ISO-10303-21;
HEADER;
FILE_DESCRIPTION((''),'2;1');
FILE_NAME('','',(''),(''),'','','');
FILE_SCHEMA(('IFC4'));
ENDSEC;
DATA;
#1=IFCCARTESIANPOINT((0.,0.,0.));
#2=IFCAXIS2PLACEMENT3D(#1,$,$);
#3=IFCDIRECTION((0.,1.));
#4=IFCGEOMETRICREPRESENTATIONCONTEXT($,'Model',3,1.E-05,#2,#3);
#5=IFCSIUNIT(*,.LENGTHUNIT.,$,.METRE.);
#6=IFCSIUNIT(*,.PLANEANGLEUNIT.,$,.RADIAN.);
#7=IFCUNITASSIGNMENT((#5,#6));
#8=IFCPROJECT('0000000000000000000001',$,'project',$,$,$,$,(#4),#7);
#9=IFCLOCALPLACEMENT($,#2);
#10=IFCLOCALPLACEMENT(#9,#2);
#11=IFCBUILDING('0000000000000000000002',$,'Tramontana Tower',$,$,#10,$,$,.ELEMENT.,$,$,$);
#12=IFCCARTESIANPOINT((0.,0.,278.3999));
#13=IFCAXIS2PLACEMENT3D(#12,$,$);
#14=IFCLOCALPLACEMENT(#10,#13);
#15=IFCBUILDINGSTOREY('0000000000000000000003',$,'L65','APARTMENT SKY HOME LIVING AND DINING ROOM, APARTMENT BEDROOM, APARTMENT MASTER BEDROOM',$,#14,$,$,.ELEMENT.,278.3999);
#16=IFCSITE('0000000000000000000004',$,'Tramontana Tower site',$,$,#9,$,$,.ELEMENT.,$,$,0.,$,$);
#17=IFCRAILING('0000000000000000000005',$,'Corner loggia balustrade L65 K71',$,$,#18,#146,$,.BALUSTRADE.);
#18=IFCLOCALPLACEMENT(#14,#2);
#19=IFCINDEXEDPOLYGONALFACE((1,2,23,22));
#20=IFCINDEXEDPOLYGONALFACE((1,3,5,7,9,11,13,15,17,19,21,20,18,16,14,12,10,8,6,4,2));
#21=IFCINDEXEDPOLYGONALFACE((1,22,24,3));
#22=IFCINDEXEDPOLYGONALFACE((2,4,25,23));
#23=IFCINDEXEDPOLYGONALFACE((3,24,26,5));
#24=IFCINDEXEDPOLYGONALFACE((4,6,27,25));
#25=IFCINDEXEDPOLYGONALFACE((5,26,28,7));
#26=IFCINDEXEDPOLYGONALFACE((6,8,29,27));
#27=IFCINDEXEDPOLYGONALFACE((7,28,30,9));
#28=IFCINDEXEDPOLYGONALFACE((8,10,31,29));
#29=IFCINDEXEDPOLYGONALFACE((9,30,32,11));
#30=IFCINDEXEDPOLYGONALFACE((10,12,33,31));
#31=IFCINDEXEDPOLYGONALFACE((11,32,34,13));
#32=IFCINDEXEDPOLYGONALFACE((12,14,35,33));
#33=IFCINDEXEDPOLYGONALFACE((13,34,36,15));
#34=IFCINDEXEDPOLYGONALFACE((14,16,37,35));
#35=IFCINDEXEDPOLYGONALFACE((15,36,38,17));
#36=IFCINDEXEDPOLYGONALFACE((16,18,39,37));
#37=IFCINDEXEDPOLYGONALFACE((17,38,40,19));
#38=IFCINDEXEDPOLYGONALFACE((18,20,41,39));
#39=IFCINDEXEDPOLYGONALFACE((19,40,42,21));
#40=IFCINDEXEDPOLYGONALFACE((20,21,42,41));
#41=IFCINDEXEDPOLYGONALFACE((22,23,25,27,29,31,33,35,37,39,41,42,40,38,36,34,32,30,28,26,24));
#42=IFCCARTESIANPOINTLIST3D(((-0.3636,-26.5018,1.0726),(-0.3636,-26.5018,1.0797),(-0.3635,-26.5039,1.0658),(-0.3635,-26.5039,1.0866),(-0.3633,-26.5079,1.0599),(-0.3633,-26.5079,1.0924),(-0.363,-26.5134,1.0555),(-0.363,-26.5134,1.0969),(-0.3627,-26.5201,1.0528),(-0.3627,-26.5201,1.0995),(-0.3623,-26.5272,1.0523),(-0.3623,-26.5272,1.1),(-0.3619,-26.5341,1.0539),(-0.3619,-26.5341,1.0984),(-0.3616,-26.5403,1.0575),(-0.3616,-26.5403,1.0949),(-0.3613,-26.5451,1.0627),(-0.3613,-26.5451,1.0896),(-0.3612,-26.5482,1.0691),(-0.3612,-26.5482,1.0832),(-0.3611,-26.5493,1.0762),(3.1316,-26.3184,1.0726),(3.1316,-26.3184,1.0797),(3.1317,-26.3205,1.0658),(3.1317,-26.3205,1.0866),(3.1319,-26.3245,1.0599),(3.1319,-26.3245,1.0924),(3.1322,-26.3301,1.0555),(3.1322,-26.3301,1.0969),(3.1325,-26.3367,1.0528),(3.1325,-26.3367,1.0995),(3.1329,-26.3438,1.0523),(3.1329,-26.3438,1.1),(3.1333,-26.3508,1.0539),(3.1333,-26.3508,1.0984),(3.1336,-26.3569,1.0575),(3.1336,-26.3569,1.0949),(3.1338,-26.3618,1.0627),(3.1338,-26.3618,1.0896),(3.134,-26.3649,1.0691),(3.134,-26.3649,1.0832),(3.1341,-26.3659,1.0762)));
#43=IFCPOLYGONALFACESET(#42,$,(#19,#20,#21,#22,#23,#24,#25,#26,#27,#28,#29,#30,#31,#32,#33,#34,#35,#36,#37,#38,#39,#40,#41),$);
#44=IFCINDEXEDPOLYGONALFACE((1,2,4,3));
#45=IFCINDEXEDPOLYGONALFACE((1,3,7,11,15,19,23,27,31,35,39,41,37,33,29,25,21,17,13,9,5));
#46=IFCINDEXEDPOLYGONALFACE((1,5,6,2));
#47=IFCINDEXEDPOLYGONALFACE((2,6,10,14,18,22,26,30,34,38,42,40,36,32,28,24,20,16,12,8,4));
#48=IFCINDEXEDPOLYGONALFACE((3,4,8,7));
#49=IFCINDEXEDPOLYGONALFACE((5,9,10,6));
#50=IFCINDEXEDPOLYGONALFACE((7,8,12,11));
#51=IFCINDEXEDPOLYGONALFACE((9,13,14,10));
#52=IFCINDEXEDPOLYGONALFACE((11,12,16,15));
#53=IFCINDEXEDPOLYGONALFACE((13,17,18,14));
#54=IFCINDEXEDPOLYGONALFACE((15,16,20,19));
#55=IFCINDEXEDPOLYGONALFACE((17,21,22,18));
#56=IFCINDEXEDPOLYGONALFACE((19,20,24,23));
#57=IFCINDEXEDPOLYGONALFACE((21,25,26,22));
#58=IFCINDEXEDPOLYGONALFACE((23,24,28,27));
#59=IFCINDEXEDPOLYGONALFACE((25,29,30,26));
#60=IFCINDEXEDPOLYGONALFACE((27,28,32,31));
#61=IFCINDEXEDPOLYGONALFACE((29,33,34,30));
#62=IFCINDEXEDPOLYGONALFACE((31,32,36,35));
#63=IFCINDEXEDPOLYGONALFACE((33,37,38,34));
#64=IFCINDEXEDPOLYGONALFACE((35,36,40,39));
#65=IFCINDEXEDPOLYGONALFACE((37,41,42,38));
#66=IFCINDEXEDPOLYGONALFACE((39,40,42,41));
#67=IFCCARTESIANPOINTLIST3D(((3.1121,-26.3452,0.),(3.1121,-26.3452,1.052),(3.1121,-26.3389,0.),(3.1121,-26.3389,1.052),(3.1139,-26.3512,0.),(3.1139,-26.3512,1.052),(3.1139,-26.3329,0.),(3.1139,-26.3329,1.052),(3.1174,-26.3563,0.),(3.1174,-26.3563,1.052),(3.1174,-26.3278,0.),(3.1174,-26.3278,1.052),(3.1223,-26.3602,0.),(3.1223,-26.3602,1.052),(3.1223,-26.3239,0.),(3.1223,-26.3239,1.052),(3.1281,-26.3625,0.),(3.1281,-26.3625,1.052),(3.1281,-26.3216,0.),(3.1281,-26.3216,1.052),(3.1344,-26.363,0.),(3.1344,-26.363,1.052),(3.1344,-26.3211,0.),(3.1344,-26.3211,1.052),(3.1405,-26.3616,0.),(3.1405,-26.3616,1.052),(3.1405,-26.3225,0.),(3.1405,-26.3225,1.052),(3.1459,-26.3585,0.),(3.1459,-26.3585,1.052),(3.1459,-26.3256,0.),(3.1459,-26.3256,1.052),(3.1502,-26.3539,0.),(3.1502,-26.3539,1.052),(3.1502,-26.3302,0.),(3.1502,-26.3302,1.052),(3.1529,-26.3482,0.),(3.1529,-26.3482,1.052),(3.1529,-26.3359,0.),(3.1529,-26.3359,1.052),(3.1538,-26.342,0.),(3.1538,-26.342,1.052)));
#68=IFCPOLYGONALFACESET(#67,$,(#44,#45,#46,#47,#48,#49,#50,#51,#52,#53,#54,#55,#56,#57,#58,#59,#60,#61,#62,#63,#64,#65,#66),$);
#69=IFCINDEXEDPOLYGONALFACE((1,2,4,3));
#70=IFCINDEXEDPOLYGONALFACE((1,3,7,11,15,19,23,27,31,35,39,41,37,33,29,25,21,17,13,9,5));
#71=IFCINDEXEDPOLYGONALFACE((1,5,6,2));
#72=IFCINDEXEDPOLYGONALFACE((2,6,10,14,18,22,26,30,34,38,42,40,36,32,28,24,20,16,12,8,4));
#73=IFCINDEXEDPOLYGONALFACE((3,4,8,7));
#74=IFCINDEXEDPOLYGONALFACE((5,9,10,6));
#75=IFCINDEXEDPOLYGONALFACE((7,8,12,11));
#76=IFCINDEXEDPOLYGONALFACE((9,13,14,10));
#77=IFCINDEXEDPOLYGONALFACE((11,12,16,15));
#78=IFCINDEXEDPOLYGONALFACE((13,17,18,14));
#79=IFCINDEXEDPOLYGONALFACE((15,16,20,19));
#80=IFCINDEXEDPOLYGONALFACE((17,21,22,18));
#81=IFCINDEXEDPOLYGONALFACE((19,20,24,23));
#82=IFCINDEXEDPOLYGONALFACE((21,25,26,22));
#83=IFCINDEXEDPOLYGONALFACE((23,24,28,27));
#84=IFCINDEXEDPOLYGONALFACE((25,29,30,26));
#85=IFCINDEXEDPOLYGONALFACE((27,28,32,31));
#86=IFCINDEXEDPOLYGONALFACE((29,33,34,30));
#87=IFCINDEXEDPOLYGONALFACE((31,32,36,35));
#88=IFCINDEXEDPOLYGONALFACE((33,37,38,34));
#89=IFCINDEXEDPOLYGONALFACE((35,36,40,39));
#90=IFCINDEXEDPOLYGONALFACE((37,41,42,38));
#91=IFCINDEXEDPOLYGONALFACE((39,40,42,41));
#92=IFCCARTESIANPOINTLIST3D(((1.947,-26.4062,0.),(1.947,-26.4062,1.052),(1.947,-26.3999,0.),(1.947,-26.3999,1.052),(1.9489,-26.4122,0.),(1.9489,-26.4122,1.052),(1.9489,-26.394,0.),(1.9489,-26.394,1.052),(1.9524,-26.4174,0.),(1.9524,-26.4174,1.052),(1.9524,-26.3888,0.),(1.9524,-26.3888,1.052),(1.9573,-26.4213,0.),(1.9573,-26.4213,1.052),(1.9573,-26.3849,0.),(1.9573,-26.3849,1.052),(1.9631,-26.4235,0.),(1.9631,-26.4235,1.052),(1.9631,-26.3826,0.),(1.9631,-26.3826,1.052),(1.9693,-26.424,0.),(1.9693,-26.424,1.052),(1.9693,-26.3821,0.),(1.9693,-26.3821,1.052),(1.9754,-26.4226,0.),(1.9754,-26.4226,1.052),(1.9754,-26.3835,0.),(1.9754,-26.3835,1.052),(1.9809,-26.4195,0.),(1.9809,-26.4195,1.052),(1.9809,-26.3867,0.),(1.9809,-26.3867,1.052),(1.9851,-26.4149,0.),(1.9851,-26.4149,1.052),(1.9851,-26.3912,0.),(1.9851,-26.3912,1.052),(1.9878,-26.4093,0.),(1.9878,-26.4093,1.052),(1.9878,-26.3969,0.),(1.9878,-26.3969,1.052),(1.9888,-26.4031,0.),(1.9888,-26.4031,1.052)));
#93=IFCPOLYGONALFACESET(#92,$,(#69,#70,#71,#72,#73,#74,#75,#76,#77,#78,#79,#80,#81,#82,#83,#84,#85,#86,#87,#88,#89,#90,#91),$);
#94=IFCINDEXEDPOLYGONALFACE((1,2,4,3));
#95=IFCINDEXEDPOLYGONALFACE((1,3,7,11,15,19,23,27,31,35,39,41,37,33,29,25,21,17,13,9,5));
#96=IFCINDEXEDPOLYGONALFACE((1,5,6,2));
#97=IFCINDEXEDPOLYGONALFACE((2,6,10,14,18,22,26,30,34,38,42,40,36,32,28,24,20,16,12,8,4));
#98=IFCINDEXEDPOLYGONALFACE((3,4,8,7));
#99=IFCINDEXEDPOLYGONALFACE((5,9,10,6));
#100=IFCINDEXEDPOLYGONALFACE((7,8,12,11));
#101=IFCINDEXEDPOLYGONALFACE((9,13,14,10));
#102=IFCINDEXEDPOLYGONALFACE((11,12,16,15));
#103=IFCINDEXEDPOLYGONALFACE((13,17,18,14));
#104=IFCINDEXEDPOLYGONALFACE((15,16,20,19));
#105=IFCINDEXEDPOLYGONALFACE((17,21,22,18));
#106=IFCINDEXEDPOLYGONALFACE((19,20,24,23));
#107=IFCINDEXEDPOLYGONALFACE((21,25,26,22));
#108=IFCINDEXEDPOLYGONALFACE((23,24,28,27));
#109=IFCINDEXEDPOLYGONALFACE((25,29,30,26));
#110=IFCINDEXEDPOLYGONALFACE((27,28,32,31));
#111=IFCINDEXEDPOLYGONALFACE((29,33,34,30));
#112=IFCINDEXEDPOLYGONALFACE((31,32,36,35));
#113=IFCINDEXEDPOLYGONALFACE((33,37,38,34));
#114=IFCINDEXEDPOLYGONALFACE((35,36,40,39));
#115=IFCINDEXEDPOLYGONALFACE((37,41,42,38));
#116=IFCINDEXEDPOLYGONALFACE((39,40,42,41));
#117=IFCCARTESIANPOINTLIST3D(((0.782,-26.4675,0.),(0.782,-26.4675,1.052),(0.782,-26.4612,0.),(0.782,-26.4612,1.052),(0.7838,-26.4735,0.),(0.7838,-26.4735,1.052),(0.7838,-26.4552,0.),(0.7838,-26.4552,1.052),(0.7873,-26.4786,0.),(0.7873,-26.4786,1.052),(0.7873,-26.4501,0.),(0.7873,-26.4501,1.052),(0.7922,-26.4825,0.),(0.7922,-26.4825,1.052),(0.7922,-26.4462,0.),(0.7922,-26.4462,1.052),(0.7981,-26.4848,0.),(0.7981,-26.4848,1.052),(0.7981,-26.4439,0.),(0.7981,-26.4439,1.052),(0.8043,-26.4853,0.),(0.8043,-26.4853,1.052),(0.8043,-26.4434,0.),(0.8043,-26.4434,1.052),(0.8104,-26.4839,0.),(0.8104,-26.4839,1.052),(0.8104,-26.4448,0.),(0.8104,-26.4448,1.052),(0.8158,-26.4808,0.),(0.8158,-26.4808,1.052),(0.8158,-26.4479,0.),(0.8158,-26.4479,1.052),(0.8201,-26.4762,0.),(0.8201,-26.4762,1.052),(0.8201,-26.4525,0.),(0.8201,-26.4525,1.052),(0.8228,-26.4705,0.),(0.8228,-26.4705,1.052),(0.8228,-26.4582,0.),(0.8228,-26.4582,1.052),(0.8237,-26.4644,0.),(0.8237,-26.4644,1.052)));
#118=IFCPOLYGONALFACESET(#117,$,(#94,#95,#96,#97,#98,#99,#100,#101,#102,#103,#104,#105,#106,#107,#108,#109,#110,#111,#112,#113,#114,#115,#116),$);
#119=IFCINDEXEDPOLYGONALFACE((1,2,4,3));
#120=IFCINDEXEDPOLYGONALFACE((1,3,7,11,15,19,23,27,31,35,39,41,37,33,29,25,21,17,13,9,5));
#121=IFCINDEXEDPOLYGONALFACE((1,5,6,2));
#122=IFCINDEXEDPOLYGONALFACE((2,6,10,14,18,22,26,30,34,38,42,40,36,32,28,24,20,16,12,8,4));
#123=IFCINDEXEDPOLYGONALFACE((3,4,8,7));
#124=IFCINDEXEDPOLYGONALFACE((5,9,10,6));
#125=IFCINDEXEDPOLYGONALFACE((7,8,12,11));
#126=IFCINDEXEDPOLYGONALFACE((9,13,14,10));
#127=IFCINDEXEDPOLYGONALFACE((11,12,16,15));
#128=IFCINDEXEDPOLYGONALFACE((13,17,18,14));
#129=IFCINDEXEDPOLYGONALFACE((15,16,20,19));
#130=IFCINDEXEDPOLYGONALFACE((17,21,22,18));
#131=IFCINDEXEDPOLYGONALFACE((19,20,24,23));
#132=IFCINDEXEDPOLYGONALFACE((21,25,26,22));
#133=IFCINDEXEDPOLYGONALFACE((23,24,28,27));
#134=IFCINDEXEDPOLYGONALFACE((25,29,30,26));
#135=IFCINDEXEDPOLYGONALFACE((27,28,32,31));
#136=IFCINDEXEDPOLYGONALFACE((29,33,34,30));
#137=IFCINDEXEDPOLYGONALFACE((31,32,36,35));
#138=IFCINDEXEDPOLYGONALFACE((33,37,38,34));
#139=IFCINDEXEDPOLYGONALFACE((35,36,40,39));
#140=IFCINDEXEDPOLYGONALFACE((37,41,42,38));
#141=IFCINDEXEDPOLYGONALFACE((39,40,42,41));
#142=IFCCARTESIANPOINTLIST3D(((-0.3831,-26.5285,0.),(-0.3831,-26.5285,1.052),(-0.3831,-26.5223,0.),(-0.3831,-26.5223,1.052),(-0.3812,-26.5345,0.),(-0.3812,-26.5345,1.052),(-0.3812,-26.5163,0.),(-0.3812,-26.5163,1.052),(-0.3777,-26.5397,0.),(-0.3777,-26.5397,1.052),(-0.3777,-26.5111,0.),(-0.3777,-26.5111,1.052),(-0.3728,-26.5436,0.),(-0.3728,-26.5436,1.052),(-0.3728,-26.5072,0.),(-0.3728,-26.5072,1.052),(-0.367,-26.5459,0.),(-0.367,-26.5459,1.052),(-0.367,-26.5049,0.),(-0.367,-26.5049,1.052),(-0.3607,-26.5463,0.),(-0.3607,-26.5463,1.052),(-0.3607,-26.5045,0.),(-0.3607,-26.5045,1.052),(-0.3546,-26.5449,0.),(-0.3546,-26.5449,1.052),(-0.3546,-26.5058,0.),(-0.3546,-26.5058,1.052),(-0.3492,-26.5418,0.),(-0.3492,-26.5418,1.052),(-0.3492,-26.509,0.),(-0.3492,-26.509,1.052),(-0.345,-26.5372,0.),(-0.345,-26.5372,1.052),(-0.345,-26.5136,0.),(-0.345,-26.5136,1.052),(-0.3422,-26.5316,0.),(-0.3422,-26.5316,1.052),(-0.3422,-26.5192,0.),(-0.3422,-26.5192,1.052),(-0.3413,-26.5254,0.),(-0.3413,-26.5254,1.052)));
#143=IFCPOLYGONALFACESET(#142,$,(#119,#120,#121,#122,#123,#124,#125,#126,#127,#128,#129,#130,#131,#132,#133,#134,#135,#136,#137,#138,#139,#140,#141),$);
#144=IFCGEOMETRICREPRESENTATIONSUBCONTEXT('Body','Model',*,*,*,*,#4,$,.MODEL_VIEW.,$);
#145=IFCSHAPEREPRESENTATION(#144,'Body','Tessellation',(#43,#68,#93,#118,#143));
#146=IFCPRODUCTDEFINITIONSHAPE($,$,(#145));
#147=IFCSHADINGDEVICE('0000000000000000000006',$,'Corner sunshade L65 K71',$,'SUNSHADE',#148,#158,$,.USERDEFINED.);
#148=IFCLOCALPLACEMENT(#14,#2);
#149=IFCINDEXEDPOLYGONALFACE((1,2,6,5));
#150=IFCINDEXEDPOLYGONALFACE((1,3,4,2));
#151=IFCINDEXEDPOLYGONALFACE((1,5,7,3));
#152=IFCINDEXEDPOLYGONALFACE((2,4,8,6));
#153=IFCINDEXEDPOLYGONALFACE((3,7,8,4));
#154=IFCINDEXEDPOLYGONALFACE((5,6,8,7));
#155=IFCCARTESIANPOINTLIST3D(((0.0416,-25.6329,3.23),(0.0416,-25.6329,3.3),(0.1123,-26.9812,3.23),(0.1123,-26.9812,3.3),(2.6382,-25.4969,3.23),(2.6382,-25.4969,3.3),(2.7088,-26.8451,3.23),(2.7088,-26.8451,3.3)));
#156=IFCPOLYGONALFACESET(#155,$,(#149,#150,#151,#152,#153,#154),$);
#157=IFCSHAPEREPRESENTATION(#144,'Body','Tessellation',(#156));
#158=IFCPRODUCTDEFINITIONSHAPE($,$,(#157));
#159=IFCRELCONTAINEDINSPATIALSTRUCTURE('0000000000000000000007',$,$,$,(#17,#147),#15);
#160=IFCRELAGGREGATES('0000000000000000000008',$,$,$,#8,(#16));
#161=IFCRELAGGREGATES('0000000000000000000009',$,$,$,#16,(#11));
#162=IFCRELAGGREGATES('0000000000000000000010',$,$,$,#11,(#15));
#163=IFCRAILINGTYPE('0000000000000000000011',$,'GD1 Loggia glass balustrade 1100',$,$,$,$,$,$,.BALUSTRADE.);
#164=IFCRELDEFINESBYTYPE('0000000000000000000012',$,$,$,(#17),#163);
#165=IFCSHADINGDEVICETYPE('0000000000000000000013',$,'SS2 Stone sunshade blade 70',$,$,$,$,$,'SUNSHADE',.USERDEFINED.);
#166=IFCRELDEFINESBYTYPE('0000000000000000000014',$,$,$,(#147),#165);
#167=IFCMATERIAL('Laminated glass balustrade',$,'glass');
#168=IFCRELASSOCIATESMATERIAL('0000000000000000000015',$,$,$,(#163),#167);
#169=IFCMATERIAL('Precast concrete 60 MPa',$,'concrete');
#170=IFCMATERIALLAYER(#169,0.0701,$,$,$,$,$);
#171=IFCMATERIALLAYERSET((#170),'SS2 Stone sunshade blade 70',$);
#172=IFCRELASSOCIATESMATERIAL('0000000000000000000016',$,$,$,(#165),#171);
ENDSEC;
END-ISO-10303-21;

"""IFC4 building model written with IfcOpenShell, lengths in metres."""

from ifc_helpers import new_model, si_unit, direction, frame, origin, origin_2d, place, context, subcontext, project, spatial, rectangle, circle, extrude, material, layer, layer_set, type_object, element, save


model = new_model("IFC4")

# Units and contexts
model_context = context("Model", 3, precision=1e-05, world=origin(), true_north=direction((0.0, 1.0)))
body_context = subcontext(model_context, "Body", "Model", "MODEL_VIEW")
ifc_project = project(units=[si_unit("LENGTHUNIT", "METRE"), si_unit("PLANEANGLEUNIT", "RADIAN")], contexts=[model_context])

# Site, building, storey
site_placement = place(None, origin())
site = spatial("IfcSite", under=ifc_project, at=site_placement, Name="Tramontana Tower site", CompositionType="ELEMENT", RefElevation=0.0)
building_placement = place(site_placement, origin())
building = spatial("IfcBuilding", under=site, at=building_placement, Name="Tramontana Tower", CompositionType="ELEMENT")
storey_placement = place(building_placement, frame((0.0, 0.0, 278.3999)))
storey = spatial("IfcBuildingStorey", under=building, at=storey_placement, Name="L65", Description="APARTMENT SKY HOME LIVING AND DINING ROOM, APARTMENT BEDROOM, APARTMENT MASTER BEDROOM", CompositionType="ELEMENT", Elevation=278.3999)

# Railing
ifc_material_1 = material(Name="Laminated glass balustrade", Category="glass")
railing_type = type_object("IfcRailingType", Name="GD1 Loggia glass balustrade 1100", PredefinedType="BALUSTRADE", material=ifc_material_1)
railing_1_placement = place(storey_placement, frame((3.1328, -26.342, 0.0)))
element("IfcRailing", 1, at=railing_1_placement, inside=storey, type_object=railing_type, Name="Corner loggia balustrade L65 K71", PredefinedType="BALUSTRADE", context=body_context, shape_type="SweptSolid", body=[
    extrude(circle(Radius=0.0239, at=origin_2d()), frame((0.0, 0.0, 1.0762), z_axis=(-0.998627, -0.052387, 0.0), x_axis=(0.052387, -0.998627, 0.0)), (0.0, 0.0, 1.0), 3.5),
    extrude(circle(Radius=0.021, at=origin_2d()), origin(), (0.0, 0.0, 1.0), 1.052),
    extrude(circle(Radius=0.021, at=origin_2d()), frame((-1.165, -0.061, 0.0)), (0.0, 0.0, 1.0), 1.052),
    extrude(circle(Radius=0.021, at=origin_2d()), frame((-2.3301, -0.1223, 0.0)), (0.0, 0.0, 1.0), 1.052),
    extrude(circle(Radius=0.021, at=origin_2d()), frame((-3.4951, -0.1833, 0.0)), (0.0, 0.0, 1.0), 1.052),
])

# Shading device
ifc_material_2 = material(Name="Precast concrete 60 MPa", Category="concrete")
ifc_layer_1 = layer(ifc_material_2, 0.0701)
ifc_layer_set_1 = layer_set([ifc_layer_1], Name="SS2 Stone sunshade blade 70")
shading_device_type = type_object("IfcShadingDeviceType", Name="SS2 Stone sunshade blade 70", ElementType="SUNSHADE", PredefinedType="USERDEFINED", material=ifc_layer_set_1)
shading_device_placement = place(storey_placement, frame((1.3752, -26.239, 3.23), z_axis=(0.0, 0.0, 1.0), x_axis=(-0.99863, -0.052336, 0.0)))
element("IfcShadingDevice", 2, at=shading_device_placement, inside=storey, type_object=shading_device_type, Name="Corner sunshade L65 K71", ObjectType="SUNSHADE", PredefinedType="USERDEFINED", context=body_context, shape_type="SweptSolid", body=[
    extrude(rectangle(XDim=2.6001, YDim=1.3501, at=origin_2d()), origin(), (0.0, 0.0, 1.0), 0.0701),
])

save(model, "model.ifc")
